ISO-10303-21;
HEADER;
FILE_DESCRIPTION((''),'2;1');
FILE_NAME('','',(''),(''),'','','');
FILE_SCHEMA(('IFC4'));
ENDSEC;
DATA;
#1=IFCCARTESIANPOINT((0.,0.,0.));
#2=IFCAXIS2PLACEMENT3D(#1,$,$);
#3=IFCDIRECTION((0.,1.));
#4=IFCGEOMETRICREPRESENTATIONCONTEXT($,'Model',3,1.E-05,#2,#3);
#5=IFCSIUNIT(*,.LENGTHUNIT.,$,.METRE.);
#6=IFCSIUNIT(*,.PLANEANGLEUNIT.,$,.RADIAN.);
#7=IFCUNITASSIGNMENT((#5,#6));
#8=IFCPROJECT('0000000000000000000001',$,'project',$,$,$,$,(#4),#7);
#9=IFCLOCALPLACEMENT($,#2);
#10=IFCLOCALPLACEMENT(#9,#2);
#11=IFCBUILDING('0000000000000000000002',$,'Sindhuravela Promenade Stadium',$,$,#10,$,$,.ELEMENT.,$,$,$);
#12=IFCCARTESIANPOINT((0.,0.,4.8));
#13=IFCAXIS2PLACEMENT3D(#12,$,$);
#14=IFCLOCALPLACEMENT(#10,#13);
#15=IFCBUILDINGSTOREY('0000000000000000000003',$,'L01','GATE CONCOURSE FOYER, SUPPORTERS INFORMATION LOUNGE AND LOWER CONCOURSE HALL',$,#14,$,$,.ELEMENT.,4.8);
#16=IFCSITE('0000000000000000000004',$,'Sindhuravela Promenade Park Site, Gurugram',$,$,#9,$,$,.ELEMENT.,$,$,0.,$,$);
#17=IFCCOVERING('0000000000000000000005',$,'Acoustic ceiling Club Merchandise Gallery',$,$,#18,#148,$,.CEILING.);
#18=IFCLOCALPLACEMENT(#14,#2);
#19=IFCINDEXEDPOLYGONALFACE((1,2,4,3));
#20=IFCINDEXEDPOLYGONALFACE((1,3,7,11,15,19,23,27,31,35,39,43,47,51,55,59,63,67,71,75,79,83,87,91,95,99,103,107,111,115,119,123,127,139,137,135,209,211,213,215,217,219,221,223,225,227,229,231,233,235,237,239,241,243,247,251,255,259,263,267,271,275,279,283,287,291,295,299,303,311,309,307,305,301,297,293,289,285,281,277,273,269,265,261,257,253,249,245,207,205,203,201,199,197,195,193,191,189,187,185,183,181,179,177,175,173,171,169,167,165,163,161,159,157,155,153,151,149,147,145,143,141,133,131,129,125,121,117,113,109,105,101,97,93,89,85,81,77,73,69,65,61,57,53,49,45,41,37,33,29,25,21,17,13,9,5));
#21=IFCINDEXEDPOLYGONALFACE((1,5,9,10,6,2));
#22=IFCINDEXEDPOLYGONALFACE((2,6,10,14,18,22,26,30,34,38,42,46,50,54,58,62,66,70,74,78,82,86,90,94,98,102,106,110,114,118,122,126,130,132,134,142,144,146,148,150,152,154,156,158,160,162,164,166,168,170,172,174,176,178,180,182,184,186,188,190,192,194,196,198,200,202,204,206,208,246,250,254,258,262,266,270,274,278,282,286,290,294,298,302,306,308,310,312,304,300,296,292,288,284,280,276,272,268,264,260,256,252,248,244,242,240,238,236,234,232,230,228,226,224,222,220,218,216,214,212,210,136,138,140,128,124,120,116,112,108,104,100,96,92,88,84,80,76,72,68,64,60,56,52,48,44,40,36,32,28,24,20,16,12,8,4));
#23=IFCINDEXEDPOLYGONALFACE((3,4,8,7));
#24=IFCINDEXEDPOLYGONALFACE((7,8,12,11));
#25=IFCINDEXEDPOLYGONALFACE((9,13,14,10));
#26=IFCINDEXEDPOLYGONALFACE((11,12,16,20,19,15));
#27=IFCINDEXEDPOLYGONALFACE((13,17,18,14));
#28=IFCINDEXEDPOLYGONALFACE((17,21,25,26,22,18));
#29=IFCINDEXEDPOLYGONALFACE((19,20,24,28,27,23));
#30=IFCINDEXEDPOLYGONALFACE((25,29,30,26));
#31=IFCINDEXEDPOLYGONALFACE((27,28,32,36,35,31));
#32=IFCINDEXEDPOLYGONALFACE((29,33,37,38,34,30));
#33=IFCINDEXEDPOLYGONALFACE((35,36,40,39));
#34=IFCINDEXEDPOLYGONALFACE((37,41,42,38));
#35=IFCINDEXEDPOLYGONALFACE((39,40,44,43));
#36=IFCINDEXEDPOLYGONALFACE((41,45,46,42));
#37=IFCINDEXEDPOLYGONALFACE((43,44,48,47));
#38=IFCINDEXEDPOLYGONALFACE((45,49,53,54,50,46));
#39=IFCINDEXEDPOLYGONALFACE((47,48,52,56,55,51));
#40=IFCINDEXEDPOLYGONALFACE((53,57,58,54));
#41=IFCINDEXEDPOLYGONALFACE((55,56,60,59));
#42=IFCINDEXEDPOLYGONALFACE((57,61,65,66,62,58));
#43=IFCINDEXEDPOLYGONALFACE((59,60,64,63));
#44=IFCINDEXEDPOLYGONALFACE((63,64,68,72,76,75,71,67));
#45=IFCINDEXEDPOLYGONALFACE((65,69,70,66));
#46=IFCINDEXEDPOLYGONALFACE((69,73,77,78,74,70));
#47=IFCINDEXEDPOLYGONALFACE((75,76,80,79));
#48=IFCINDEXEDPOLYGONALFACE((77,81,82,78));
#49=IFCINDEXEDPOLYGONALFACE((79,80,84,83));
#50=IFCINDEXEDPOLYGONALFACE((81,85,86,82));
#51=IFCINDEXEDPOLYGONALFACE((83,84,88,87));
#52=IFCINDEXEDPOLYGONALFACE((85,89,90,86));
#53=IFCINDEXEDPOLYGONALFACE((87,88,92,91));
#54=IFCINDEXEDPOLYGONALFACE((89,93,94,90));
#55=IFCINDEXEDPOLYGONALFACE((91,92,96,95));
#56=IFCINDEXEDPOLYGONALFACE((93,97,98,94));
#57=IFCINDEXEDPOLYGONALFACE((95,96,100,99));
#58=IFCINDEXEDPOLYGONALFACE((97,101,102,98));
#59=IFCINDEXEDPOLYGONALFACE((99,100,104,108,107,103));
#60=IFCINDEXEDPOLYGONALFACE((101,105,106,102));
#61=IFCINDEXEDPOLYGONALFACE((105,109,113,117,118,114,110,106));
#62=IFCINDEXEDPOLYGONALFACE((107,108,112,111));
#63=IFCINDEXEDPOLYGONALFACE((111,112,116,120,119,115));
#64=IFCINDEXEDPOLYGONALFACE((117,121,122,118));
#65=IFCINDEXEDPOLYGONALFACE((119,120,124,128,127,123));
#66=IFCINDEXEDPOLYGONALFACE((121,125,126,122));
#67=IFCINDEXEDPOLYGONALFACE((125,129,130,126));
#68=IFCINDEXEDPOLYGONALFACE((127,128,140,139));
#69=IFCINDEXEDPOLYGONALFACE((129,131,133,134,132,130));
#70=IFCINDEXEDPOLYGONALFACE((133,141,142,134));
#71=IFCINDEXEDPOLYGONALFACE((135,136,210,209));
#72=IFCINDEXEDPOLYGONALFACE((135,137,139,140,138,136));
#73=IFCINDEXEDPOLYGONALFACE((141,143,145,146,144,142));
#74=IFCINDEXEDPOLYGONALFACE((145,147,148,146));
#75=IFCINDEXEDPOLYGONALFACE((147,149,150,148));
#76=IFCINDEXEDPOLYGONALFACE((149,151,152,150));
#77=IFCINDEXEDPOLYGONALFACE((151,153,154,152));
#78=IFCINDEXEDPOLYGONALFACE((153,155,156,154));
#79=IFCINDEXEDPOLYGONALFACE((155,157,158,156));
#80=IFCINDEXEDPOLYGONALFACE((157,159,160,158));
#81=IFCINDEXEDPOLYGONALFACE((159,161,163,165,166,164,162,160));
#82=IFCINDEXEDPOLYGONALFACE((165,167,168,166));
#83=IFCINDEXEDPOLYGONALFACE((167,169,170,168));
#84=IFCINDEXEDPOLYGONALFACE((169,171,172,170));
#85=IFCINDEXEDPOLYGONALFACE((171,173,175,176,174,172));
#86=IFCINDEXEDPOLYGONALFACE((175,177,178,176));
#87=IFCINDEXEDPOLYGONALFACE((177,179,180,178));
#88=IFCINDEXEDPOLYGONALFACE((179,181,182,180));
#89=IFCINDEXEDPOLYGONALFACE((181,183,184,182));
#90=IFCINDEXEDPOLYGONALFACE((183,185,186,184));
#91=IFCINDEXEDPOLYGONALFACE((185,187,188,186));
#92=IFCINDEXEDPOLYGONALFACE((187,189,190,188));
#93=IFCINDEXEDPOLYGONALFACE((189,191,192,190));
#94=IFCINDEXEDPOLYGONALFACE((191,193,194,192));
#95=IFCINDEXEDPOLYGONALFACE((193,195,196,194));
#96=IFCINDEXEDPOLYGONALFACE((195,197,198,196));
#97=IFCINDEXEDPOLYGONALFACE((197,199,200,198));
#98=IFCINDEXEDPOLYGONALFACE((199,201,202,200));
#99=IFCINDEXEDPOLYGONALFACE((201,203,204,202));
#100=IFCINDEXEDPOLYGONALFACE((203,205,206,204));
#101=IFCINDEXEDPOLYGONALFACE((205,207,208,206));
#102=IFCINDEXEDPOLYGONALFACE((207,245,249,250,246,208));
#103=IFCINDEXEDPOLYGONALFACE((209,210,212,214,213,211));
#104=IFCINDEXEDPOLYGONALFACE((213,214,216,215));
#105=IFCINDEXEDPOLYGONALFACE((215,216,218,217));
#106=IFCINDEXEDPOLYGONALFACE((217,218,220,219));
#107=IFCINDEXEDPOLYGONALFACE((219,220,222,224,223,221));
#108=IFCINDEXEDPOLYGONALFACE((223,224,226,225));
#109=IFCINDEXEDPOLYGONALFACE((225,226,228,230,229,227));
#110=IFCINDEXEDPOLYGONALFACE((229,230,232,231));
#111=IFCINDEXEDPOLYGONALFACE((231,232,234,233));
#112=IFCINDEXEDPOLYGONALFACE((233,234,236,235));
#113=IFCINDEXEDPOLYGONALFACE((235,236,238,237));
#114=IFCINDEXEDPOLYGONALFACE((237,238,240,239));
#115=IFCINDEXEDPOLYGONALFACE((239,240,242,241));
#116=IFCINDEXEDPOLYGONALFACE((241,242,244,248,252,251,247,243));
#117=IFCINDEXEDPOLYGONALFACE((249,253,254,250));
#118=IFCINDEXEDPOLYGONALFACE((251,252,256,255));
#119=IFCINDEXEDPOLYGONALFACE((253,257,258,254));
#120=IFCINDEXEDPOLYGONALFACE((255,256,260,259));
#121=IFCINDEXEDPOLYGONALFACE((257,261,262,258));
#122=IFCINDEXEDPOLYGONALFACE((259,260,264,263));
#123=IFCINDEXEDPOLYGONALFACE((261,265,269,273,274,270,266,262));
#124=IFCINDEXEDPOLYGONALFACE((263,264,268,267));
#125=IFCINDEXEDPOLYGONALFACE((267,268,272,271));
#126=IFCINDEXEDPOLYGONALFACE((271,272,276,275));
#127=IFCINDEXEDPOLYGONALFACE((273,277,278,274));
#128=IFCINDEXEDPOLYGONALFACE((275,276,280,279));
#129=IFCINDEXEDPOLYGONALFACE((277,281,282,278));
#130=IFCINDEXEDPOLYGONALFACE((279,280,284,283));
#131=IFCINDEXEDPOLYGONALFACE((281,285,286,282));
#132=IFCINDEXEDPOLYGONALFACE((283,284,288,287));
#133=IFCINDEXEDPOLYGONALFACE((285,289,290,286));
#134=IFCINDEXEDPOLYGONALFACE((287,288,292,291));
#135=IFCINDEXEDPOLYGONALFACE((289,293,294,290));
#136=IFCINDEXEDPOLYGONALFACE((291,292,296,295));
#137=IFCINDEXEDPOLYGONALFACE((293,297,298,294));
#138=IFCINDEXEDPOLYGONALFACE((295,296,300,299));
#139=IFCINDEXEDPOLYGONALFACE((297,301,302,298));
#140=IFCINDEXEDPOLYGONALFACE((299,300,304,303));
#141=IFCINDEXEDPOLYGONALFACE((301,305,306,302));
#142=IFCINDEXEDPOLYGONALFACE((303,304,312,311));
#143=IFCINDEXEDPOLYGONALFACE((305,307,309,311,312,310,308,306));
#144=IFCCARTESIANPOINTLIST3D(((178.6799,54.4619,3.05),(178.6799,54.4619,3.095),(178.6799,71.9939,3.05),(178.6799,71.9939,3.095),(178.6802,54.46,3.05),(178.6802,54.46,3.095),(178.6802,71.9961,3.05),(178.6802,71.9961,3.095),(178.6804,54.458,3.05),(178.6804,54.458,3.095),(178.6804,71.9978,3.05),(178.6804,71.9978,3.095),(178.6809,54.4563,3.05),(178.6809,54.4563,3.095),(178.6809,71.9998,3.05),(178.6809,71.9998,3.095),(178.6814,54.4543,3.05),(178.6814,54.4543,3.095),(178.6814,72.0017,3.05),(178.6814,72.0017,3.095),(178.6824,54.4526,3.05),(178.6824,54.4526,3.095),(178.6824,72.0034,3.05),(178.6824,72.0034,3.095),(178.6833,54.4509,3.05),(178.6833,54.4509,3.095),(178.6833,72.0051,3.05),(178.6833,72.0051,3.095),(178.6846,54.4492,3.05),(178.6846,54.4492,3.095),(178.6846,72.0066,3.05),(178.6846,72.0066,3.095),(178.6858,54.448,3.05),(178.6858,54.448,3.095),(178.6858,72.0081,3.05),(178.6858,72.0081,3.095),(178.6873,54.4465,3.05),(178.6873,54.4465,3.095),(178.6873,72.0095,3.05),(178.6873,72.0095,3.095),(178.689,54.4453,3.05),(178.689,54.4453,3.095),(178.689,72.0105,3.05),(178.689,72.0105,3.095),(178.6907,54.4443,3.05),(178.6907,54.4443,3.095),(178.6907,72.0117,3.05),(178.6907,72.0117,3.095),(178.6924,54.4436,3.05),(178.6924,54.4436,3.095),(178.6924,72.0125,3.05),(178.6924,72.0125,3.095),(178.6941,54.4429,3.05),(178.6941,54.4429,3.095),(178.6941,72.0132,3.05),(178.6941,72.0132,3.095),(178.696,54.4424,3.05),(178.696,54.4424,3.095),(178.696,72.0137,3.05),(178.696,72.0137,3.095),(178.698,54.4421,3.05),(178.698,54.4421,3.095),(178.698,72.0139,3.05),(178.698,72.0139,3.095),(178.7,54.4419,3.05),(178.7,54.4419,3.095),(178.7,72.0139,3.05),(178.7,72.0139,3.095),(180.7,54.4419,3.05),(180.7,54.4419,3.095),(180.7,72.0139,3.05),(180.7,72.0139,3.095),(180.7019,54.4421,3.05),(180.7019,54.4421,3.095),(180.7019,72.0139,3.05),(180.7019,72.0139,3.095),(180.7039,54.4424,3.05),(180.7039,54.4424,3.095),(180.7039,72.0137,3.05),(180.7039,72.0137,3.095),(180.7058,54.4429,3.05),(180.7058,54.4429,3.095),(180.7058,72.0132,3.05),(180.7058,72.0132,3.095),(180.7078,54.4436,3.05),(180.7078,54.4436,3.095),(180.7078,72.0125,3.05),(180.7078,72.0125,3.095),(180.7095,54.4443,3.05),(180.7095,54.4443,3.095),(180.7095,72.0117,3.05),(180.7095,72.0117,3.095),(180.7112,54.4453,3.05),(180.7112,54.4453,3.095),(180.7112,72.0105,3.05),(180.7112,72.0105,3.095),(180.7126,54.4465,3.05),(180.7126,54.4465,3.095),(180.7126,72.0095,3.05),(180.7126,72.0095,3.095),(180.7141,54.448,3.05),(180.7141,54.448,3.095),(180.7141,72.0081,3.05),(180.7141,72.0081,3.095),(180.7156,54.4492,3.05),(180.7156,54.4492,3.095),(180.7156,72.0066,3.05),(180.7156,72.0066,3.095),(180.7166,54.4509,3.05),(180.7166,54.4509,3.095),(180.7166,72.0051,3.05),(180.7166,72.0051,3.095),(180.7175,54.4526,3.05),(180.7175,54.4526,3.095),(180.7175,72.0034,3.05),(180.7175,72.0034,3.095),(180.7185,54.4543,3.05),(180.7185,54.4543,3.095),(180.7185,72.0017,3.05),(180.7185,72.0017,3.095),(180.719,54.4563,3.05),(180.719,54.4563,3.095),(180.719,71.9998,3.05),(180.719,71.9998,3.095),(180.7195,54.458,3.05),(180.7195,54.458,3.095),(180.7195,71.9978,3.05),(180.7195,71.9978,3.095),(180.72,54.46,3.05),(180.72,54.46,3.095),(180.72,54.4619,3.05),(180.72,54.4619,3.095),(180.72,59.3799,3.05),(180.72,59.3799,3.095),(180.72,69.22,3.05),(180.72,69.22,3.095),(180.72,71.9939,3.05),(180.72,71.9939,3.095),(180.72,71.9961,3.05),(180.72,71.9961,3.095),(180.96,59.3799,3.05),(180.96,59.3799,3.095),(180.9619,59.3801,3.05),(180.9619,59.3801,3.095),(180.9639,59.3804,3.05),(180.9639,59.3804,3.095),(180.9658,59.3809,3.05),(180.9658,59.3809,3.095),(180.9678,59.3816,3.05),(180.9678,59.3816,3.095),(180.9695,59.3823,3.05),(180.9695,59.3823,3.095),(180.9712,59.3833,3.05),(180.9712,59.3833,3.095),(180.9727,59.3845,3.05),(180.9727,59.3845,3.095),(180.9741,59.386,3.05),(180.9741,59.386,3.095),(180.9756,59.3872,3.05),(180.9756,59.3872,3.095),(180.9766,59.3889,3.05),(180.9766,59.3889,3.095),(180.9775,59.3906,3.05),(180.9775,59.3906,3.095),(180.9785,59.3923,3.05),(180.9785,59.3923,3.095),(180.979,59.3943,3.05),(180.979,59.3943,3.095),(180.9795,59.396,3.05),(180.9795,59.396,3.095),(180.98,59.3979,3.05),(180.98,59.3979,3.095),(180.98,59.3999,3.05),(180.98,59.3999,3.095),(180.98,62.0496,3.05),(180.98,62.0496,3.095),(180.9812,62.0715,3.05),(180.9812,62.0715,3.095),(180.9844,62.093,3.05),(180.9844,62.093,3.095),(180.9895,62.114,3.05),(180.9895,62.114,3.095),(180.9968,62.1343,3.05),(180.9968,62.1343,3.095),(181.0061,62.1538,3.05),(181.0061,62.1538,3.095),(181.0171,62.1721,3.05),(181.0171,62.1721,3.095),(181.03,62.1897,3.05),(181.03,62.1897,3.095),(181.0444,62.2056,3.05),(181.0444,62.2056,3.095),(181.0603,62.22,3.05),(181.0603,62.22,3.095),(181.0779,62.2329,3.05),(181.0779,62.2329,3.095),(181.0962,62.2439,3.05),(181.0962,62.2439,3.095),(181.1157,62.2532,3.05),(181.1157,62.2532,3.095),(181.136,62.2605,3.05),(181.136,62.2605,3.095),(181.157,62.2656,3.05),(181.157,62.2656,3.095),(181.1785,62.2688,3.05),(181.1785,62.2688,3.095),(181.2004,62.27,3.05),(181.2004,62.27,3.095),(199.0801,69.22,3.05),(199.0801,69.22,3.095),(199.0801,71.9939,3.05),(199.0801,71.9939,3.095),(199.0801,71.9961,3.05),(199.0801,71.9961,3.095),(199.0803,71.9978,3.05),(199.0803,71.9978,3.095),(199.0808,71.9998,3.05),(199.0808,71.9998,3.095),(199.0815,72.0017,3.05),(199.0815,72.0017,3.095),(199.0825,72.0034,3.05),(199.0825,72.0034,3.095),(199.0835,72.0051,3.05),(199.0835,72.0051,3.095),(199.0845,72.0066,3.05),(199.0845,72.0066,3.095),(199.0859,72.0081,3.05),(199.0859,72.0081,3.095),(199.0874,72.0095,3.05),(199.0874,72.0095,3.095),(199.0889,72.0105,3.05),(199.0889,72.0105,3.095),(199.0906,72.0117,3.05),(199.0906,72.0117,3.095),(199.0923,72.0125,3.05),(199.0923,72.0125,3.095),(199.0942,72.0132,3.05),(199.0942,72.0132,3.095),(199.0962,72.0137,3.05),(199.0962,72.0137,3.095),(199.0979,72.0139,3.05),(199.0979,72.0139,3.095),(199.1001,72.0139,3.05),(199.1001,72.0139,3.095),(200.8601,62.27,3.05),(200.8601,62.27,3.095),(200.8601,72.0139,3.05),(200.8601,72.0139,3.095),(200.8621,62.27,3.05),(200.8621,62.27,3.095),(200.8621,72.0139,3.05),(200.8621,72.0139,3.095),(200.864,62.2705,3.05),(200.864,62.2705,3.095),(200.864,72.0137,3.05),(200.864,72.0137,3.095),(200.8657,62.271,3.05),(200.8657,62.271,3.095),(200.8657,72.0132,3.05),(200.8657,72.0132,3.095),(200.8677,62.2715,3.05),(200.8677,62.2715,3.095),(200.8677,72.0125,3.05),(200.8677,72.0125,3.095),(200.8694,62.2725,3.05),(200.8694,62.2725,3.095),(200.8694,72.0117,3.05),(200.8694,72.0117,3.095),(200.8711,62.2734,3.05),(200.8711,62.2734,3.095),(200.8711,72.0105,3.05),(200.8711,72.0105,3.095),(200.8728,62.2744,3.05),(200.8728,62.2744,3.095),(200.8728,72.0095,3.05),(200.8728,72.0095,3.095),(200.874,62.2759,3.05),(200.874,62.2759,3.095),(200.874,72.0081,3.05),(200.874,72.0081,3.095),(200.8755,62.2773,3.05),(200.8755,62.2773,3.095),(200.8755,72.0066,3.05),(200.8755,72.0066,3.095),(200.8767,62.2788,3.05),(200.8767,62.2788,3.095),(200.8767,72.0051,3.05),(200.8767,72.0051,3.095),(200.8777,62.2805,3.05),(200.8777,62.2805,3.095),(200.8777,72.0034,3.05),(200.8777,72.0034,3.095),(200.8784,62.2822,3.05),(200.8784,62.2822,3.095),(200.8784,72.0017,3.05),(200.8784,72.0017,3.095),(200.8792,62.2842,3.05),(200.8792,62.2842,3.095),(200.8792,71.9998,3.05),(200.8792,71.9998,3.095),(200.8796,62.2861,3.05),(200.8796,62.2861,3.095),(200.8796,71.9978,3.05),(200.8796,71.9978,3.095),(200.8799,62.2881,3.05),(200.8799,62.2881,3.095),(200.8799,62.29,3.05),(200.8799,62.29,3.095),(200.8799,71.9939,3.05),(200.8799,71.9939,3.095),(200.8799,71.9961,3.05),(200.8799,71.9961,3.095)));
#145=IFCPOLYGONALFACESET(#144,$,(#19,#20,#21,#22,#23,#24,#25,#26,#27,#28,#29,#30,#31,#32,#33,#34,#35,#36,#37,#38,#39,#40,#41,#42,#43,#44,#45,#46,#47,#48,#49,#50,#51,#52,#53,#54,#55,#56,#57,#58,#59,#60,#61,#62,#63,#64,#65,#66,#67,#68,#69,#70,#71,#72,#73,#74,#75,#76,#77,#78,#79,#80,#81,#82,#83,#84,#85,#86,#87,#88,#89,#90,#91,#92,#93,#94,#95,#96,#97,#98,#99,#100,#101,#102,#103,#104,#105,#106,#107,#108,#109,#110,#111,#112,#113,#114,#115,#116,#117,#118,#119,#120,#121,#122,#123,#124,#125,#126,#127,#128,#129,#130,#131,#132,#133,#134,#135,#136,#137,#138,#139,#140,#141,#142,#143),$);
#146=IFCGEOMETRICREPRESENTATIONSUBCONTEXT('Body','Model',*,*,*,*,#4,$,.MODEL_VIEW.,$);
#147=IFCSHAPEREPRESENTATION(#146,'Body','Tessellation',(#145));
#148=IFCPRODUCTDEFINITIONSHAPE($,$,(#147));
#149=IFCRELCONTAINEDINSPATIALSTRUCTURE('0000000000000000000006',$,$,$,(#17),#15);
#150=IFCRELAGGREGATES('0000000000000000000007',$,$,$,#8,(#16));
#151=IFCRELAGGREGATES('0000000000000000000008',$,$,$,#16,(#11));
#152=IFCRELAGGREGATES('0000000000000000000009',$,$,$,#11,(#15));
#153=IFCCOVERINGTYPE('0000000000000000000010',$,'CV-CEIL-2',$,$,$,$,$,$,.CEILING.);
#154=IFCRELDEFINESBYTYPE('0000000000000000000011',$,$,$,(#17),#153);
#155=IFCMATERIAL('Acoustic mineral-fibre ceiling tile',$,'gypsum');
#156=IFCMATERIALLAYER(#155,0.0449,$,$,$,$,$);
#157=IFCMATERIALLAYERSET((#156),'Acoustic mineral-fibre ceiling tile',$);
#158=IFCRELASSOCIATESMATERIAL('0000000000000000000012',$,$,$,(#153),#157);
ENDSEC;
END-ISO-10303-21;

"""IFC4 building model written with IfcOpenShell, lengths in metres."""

from ifc_helpers import new_model, si_unit, direction, frame, origin, place, context, subcontext, project, spatial, polyline, outline, extrude, material, layer, layer_set, type_object, element, save


model = new_model("IFC4")

# Units and contexts
model_context = context("Model", 3, precision=1e-05, world=origin(), true_north=direction((0.0, 1.0)))
body_context = subcontext(model_context, "Body", "Model", "MODEL_VIEW")
ifc_project = project(units=[si_unit("LENGTHUNIT", "METRE"), si_unit("PLANEANGLEUNIT", "RADIAN")], contexts=[model_context])

# Site, building, storey
site_placement = place(None, origin())
site = spatial("IfcSite", under=ifc_project, at=site_placement, Name="Sindhuravela Promenade Park Site, Gurugram", CompositionType="ELEMENT", RefElevation=0.0)
building_placement = place(site_placement, origin())
building = spatial("IfcBuilding", under=site, at=building_placement, Name="Sindhuravela Promenade Stadium", CompositionType="ELEMENT")
storey_placement = place(building_placement, frame((0.0, 0.0, 4.8)))
storey = spatial("IfcBuildingStorey", under=building, at=storey_placement, Name="L01", Description="GATE CONCOURSE FOYER, SUPPORTERS INFORMATION LOUNGE AND LOWER CONCOURSE HALL", CompositionType="ELEMENT", Elevation=4.8)

# Covering
ifc_material_1 = material(Name="Acoustic mineral-fibre ceiling tile", Category="gypsum")
ifc_layer_1 = layer(ifc_material_1, 0.0449)
ifc_layer_set_1 = layer_set([ifc_layer_1], Name="Acoustic mineral-fibre ceiling tile")
covering_type_1 = type_object("IfcCoveringType", Name="CV-CEIL-2", PredefinedType="CEILING", material=ifc_layer_set_1)
covering_1_placement = place(storey_placement, frame((0.0, 0.0, 3.05)))
element("IfcCovering", 1, at=covering_1_placement, inside=storey, type_object=covering_type_1, Name="Acoustic ceiling Club Merchandise Gallery", PredefinedType="CEILING", context=body_context, shape_type="SweptSolid", body=[
    extrude(outline(polyline([(178.6799, 71.9939), (178.6802, 71.9961), (178.6804, 71.9978), (178.6809, 71.9998), (178.6814, 72.0017), (178.6824, 72.0034), (178.6833, 72.0051), (178.6846, 72.0066), (178.6858, 72.0081), (178.6873, 72.0095), (178.689, 72.0105), (178.6907, 72.0117), (178.6924, 72.0125), (178.6941, 72.0132), (178.696, 72.0137), (178.698, 72.0139), (178.7, 72.0139), (180.7, 72.0139), (180.7019, 72.0139), (180.7039, 72.0137), (180.7058, 72.0132), (180.7078, 72.0125), (180.7095, 72.0117), (180.7112, 72.0105), (180.7126, 72.0095), (180.7141, 72.0081), (180.7156, 72.0066), (180.7166, 72.0051), (180.7175, 72.0034), (180.7185, 72.0017), (180.719, 71.9998), (180.7195, 71.9978), (180.72, 71.9961), (180.72, 71.9939), (180.72, 69.22), (199.0801, 69.22), (199.0801, 71.9939), (199.0801, 71.9961), (199.0803, 71.9978), (199.0808, 71.9998), (199.0815, 72.0017), (199.0825, 72.0034), (199.0835, 72.0051), (199.0845, 72.0066), (199.0859, 72.0081), (199.0874, 72.0095), (199.0889, 72.0105), (199.0906, 72.0117), (199.0923, 72.0125), (199.0942, 72.0132), (199.0962, 72.0137), (199.0979, 72.0139), (199.1001, 72.0139), (200.8601, 72.0139), (200.8621, 72.0139), (200.864, 72.0137), (200.8657, 72.0132), (200.8677, 72.0125), (200.8694, 72.0117), (200.8711, 72.0105), (200.8728, 72.0095), (200.874, 72.0081), (200.8755, 72.0066), (200.8767, 72.0051), (200.8777, 72.0034), (200.8784, 72.0017), (200.8792, 71.9998), (200.8796, 71.9978), (200.8799, 71.9961), (200.8799, 71.9939), (200.8799, 62.29), (200.8799, 62.2881), (200.8796, 62.2861), (200.8792, 62.2842), (200.8784, 62.2822), (200.8777, 62.2805), (200.8767, 62.2788), (200.8755, 62.2773), (200.874, 62.2759), (200.8728, 62.2744), (200.8711, 62.2734), (200.8694, 62.2725), (200.8677, 62.2715), (200.8657, 62.271), (200.864, 62.2705), (200.8621, 62.27), (200.8601, 62.27), (181.2004, 62.27), (181.1785, 62.2688), (181.157, 62.2656), (181.136, 62.2605), (181.1157, 62.2532), (181.0962, 62.2439), (181.0779, 62.2329), (181.0603, 62.22), (181.0444, 62.2056), (181.03, 62.1897), (181.0171, 62.1721), (181.0061, 62.1538), (180.9968, 62.1343), (180.9895, 62.114), (180.9844, 62.093), (180.9812, 62.0715), (180.98, 62.0496), (180.98, 59.3999), (180.98, 59.3979), (180.9795, 59.396), (180.979, 59.3943), (180.9785, 59.3923), (180.9775, 59.3906), (180.9766, 59.3889), (180.9756, 59.3872), (180.9741, 59.386), (180.9727, 59.3845), (180.9712, 59.3833), (180.9695, 59.3823), (180.9678, 59.3816), (180.9658, 59.3809), (180.9639, 59.3804), (180.9619, 59.3801), (180.96, 59.3799), (180.72, 59.3799), (180.72, 54.4619), (180.72, 54.46), (180.7195, 54.458), (180.719, 54.4563), (180.7185, 54.4543), (180.7175, 54.4526), (180.7166, 54.4509), (180.7156, 54.4492), (180.7141, 54.448), (180.7126, 54.4465), (180.7112, 54.4453), (180.7095, 54.4443), (180.7078, 54.4436), (180.7058, 54.4429), (180.7039, 54.4424), (180.7019, 54.4421), (180.7, 54.4419), (178.7, 54.4419), (178.698, 54.4421), (178.696, 54.4424), (178.6941, 54.4429), (178.6924, 54.4436), (178.6907, 54.4443), (178.689, 54.4453), (178.6873, 54.4465), (178.6858, 54.448), (178.6846, 54.4492), (178.6833, 54.4509), (178.6824, 54.4526), (178.6814, 54.4543), (178.6809, 54.4563), (178.6804, 54.458), (178.6802, 54.46), (178.6799, 54.4619), (178.6799, 71.9939)])), origin(), (0.0, 0.0, 1.0), 0.0449),
])

save(model, "model.ifc")
